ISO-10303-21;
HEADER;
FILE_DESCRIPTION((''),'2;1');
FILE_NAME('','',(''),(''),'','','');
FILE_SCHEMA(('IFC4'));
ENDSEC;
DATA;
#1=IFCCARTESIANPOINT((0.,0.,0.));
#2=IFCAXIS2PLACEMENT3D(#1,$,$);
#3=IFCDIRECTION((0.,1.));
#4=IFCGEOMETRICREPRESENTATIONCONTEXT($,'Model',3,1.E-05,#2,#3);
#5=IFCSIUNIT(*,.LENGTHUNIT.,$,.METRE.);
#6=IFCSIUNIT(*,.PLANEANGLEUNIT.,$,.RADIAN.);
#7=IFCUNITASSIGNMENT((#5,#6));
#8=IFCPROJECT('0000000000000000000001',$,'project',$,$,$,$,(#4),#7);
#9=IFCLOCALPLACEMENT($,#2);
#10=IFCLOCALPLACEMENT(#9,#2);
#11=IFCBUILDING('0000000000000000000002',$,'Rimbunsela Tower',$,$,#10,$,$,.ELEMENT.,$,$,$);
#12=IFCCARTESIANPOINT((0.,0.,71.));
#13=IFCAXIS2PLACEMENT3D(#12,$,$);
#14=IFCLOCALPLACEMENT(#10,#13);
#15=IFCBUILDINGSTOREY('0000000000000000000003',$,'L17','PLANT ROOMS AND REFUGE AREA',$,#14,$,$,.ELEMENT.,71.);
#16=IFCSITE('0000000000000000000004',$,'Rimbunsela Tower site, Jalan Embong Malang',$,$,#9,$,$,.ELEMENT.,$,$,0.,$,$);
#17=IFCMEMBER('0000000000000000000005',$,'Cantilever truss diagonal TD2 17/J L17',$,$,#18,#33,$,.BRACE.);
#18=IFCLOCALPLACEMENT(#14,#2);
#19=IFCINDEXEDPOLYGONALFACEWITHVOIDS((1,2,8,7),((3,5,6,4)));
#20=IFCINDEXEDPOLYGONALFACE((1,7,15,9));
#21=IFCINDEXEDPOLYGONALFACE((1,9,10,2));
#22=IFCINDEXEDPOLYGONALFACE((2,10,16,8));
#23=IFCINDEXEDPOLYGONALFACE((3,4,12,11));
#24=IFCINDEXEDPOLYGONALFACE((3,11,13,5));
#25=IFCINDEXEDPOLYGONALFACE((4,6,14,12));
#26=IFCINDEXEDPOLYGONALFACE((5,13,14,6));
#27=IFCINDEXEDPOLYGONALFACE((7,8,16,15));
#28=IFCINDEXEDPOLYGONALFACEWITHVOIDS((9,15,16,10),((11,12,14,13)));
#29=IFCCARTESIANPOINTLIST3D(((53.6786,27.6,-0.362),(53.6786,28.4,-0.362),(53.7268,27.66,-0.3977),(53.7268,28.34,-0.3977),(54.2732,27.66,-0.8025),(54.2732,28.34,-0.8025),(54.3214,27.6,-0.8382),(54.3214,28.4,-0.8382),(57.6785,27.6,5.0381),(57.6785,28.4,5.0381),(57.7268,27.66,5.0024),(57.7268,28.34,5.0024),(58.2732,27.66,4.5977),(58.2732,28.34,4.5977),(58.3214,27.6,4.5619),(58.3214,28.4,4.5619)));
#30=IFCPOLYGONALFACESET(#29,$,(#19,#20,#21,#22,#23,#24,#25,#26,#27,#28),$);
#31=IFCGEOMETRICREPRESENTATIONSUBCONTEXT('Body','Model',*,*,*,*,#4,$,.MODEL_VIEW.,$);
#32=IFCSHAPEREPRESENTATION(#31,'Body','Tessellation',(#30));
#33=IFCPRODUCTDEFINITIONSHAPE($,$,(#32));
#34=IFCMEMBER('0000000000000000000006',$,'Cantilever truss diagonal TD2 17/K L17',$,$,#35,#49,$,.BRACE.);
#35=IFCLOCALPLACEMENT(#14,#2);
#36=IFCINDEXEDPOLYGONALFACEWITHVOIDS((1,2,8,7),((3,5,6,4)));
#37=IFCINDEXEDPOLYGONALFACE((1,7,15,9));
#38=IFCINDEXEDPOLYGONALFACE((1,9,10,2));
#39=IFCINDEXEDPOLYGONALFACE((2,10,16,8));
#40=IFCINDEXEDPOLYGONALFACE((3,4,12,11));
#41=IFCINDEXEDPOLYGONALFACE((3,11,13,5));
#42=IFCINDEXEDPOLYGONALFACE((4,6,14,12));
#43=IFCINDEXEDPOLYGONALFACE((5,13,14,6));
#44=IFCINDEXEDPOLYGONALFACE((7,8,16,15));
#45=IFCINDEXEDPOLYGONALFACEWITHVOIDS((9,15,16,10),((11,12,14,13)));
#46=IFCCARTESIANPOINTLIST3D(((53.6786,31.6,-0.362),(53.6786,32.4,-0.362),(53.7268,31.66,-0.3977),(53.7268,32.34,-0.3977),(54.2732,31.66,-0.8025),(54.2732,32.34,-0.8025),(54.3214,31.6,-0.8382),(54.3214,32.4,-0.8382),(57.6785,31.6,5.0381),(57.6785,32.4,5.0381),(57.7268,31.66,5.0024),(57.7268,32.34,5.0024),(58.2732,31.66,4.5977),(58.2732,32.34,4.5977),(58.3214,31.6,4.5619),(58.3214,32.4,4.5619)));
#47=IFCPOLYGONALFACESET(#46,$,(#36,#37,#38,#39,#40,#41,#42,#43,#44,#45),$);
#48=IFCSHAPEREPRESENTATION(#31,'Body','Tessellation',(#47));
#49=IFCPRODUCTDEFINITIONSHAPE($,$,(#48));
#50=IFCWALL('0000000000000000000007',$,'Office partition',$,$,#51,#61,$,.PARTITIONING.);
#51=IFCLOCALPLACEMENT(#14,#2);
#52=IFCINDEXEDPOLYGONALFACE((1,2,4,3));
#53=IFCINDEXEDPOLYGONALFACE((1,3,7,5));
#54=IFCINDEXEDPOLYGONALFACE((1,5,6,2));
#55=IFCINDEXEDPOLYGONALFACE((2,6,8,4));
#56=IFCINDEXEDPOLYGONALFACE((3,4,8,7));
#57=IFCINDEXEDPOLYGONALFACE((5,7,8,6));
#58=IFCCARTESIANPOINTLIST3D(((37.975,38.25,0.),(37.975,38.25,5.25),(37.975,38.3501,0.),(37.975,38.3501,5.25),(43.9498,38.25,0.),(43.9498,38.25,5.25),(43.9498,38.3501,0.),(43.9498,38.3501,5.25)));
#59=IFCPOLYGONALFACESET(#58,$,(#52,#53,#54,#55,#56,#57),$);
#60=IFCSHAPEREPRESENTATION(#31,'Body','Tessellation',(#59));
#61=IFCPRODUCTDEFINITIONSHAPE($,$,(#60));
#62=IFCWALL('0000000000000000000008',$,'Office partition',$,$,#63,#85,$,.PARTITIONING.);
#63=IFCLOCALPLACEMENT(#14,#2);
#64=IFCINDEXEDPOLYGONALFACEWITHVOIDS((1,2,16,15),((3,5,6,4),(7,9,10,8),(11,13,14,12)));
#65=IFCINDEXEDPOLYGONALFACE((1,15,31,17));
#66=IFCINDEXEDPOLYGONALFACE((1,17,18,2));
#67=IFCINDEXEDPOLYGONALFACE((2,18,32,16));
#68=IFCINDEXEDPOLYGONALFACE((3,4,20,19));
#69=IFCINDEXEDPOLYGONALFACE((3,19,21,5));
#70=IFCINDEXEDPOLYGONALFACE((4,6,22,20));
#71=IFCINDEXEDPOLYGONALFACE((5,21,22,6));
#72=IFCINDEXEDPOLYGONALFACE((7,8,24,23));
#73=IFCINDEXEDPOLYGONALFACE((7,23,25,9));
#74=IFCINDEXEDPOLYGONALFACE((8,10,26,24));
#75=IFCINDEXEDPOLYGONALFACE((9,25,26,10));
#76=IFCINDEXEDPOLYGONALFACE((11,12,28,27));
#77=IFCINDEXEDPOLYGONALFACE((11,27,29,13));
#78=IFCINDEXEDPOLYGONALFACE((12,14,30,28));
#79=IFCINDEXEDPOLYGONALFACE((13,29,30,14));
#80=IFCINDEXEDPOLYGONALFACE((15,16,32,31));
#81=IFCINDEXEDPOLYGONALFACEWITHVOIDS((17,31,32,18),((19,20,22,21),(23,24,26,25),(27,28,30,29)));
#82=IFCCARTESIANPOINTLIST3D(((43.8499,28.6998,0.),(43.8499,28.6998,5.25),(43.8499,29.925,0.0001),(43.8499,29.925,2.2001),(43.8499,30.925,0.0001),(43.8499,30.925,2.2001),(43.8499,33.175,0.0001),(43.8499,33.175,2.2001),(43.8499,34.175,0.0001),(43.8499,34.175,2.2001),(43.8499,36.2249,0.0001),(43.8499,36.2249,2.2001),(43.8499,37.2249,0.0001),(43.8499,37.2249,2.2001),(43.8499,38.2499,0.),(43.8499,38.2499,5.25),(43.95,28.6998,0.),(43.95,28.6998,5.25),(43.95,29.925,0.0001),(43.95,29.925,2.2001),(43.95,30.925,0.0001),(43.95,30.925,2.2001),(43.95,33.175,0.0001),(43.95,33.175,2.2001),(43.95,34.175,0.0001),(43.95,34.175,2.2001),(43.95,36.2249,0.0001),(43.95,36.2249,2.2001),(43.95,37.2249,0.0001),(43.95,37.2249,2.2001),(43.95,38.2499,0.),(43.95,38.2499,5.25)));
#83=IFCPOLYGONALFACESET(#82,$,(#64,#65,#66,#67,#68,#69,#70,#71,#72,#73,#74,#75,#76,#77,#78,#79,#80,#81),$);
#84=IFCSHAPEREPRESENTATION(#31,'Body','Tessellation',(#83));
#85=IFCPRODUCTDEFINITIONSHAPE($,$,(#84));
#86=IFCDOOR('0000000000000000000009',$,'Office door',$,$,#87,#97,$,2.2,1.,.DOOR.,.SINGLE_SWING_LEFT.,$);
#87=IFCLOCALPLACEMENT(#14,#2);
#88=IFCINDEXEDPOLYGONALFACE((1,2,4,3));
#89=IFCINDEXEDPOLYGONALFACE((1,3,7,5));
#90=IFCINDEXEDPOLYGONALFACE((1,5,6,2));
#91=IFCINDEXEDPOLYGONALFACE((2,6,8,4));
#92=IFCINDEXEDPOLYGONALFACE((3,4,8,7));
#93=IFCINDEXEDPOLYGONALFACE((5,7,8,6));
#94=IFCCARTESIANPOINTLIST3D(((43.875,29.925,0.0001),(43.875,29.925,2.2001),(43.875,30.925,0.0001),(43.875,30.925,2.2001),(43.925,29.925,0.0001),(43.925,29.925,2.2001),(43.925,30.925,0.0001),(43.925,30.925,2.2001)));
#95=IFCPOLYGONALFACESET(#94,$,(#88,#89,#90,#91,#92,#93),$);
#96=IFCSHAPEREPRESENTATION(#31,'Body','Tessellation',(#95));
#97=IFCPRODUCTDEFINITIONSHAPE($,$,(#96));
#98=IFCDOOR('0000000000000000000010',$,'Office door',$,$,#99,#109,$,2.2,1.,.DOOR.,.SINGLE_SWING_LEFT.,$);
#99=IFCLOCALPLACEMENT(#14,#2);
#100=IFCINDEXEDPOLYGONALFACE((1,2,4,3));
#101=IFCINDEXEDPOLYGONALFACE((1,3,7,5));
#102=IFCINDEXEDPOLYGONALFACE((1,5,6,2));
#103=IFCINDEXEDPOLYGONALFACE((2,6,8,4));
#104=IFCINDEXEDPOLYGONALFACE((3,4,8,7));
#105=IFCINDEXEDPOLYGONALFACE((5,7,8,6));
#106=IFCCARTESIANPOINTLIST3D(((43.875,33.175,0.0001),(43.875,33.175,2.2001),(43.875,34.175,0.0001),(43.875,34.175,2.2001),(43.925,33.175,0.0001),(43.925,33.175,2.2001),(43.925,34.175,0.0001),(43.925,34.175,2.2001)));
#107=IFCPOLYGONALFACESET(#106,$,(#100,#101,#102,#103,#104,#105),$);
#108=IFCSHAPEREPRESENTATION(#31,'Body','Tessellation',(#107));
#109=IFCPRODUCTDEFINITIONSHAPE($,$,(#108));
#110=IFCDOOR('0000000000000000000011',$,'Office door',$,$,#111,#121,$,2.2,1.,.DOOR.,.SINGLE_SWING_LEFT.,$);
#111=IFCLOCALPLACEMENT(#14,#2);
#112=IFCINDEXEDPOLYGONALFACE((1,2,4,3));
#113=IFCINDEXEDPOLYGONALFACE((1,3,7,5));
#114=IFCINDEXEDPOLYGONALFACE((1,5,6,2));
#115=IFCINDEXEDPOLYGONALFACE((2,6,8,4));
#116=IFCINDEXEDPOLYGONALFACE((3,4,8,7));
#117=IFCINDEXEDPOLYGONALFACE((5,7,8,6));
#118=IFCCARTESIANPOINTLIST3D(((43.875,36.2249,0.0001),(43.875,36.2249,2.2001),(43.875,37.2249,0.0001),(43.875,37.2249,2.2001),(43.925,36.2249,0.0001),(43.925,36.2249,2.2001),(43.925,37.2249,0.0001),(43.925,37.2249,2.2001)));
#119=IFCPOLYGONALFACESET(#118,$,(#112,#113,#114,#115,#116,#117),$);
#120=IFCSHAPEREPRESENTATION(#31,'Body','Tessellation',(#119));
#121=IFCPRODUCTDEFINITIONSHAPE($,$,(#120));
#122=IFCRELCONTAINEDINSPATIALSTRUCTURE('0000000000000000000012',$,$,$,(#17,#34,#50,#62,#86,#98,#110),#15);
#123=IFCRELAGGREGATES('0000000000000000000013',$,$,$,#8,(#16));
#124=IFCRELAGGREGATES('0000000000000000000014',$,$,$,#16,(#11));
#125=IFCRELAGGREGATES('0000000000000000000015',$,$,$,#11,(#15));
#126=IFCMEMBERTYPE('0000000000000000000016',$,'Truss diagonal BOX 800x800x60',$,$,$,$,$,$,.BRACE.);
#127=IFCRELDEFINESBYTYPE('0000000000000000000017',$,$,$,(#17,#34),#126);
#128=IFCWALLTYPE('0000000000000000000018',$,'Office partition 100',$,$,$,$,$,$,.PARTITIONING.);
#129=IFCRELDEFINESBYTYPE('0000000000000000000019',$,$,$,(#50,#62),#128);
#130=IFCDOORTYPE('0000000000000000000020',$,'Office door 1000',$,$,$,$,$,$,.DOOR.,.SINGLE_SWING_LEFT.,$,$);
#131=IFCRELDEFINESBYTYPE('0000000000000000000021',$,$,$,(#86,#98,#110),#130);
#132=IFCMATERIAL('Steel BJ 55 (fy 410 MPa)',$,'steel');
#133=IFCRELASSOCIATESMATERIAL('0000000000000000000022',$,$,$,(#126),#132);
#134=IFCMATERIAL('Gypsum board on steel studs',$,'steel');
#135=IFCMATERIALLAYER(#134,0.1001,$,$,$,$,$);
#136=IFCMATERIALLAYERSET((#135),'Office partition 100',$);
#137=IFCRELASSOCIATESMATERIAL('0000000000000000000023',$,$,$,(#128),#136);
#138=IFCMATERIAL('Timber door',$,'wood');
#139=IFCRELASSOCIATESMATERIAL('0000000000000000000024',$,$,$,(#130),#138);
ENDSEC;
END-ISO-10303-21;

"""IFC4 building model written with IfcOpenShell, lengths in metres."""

from ifc_helpers import new_model, si_unit, direction, frame, frame_2d, origin, origin_2d, place, context, subcontext, project, spatial, rectangle, hollow_rectangle, extrude, material, layer, layer_set, material_profile, profile_set, type_object, element, fill, save


model = new_model("IFC4")

# Units and contexts
model_context = context("Model", 3, precision=1e-05, world=origin(), true_north=direction((0.0, 1.0)))
body_context = subcontext(model_context, "Body", "Model", "MODEL_VIEW")
ifc_project = project(units=[si_unit("LENGTHUNIT", "METRE"), si_unit("PLANEANGLEUNIT", "RADIAN")], contexts=[model_context])

# Site, building, storey
site_placement = place(None, origin())
site = spatial("IfcSite", under=ifc_project, at=site_placement, Name="Rimbunsela Tower site, Jalan Embong Malang", CompositionType="ELEMENT", RefElevation=0.0)
building_placement = place(site_placement, origin())
building = spatial("IfcBuilding", under=site, at=building_placement, Name="Rimbunsela Tower", CompositionType="ELEMENT")
storey_placement = place(building_placement, frame((0.0, 0.0, 71.0)))
storey = spatial("IfcBuildingStorey", under=building, at=storey_placement, Name="L17", Description="PLANT ROOMS AND REFUGE AREA", CompositionType="ELEMENT", Elevation=71.0)

# Members
ifc_material_1 = material(Name="Steel BJ 55 (fy 410 MPa)", Category="steel")
ifc_material_profile_1 = material_profile(ifc_material_1, hollow_rectangle(XDim=0.8, YDim=0.8, WallThickness=0.0601, at=origin_2d()), Name="BOX 800x800x60")
ifc_profile_set_1 = profile_set([ifc_material_profile_1], Name="Steel BJ 55 (fy 410 MPa)")
member_type_1 = type_object("IfcMemberType", Name="Truss diagonal BOX 800x800x60", PredefinedType="BRACE", material=ifc_profile_set_1)
for number, where, z_axis, x_axis, name in (
    (1, (54.0, 28.0, -0.6001), (0.595217, 0.0, 0.803565), (0.0, 1.0, 0.0), "Cantilever truss diagonal TD2 17/J L17"),
    (2, (54.0, 32.0, -0.6001), (0.595217, 0.0, 0.803565), (0.0, 1.0, 0.0), "Cantilever truss diagonal TD2 17/K L17"),
):
    element("IfcMember", number, at=place(storey_placement, frame(where, z_axis=z_axis, x_axis=x_axis)), inside=storey, type_object=member_type_1, Name=name, PredefinedType="BRACE", context=body_context, shape_type="SweptSolid", body=[
        extrude(hollow_rectangle(XDim=0.8, YDim=0.8, WallThickness=0.0601, at=origin_2d()), origin(), (0.0, 0.0, 1.0), 6.7202),
    ])

# Wall
ifc_material_2 = material(Name="Gypsum board on steel studs", Category="steel")
ifc_layer = layer(ifc_material_2, 0.1001)
ifc_layer_set = layer_set([ifc_layer], Name="Office partition 100")
wall_type = type_object("IfcWallType", Name="Office partition 100", PredefinedType="PARTITIONING", material=ifc_layer_set)
wall_1_placement = place(storey_placement, frame((37.9751, 38.3, 0.0), z_axis=(0.0, 0.0, 1.0), x_axis=(1.0, 0.0, 0.0)))
element("IfcWall", 3, at=wall_1_placement, inside=storey, type_object=wall_type, Name="Office partition", PredefinedType="PARTITIONING", context=body_context, shape_type="SweptSolid", body=[
    extrude(rectangle(XDim=5.9749, YDim=0.1001, at=frame_2d((2.9873, 0.0))), origin(), (0.0, 0.0, 1.0), 5.25),
])

# Wall, openings, doors
wall_2_placement = place(storey_placement, frame((43.8999, 28.7, 0.0), z_axis=(0.0, 0.0, 1.0), x_axis=(0.0, 1.0, 0.0)))
wall_2 = element("IfcWall", 4, at=wall_2_placement, inside=storey, type_object=wall_type, Name="Office partition", PredefinedType="PARTITIONING", context=body_context, shape_type="SweptSolid", body=[
    extrude(rectangle(XDim=9.55, YDim=0.1001, at=frame_2d((4.7749, 0.0))), origin(), (0.0, 0.0, 1.0), 5.25),
])
opening_1_placement = place(wall_2_placement, frame((1.2251, 0.0, 0.0)))
opening_1 = element("IfcOpeningElement", 5, at=opening_1_placement, cuts=wall_2, PredefinedType="OPENING", context=body_context, shape_type="SweptSolid", body=[
    extrude(rectangle(XDim=1.0, YDim=2.2, at=frame_2d((0.5, 1.1001))), frame((0.0, 0.0601, 0.0), z_axis=(0.0, -1.0, 0.0), x_axis=(1.0, 0.0, 0.0)), (0.0, 0.0, 1.0), 0.1201),
])
opening_2_placement = place(wall_2_placement, frame((4.4751, 0.0, 0.0)))
opening_2 = element("IfcOpeningElement", 6, at=opening_2_placement, cuts=wall_2, PredefinedType="OPENING", context=body_context, shape_type="SweptSolid", body=[
    extrude(rectangle(XDim=1.0, YDim=2.2, at=frame_2d((0.5, 1.1001))), frame((0.0, 0.0601, 0.0), z_axis=(0.0, -1.0, 0.0), x_axis=(1.0, 0.0, 0.0)), (0.0, 0.0, 1.0), 0.1201),
])
opening_3_placement = place(wall_2_placement, frame((7.5249, 0.0, 0.0)))
opening_3 = element("IfcOpeningElement", 7, at=opening_3_placement, cuts=wall_2, PredefinedType="OPENING", context=body_context, shape_type="SweptSolid", body=[
    extrude(rectangle(XDim=1.0, YDim=2.2, at=frame_2d((0.5, 1.1001))), frame((0.0, 0.0601, 0.0), z_axis=(0.0, -1.0, 0.0), x_axis=(1.0, 0.0, 0.0)), (0.0, 0.0, 1.0), 0.1201),
])
ifc_material_3 = material(Name="Timber door", Category="wood")
door_type = type_object("IfcDoorType", Name="Office door 1000", OperationType="SINGLE_SWING_LEFT", PredefinedType="DOOR", material=ifc_material_3)
door_1_placement = place(opening_1_placement, origin())
door_1 = element("IfcDoor", 8, at=door_1_placement, inside=storey, type_object=door_type, Name="Office door", OperationType="SINGLE_SWING_LEFT", OverallHeight=2.2, OverallWidth=1.0, PredefinedType="DOOR", context=body_context, shape_type="SweptSolid", body=[
    extrude(rectangle(XDim=1.0, YDim=2.2, at=frame_2d((0.5, 1.1001))), frame((0.0, 0.0249, 0.0), z_axis=(0.0, -1.0, 0.0), x_axis=(1.0, 0.0, 0.0)), (0.0, 0.0, 1.0), 0.05),
])
fill(opening_1, door_1)
door_2_placement = place(opening_2_placement, origin())
door_2 = element("IfcDoor", 9, at=door_2_placement, inside=storey, type_object=door_type, Name="Office door", OperationType="SINGLE_SWING_LEFT", OverallHeight=2.2, OverallWidth=1.0, PredefinedType="DOOR", context=body_context, shape_type="SweptSolid", body=[
    extrude(rectangle(XDim=1.0, YDim=2.2, at=frame_2d((0.5, 1.1001))), frame((0.0, 0.0249, 0.0), z_axis=(0.0, -1.0, 0.0), x_axis=(1.0, 0.0, 0.0)), (0.0, 0.0, 1.0), 0.05),
])
fill(opening_2, door_2)
door_3_placement = place(opening_3_placement, origin())
door_3 = element("IfcDoor", 10, at=door_3_placement, inside=storey, type_object=door_type, Name="Office door", OperationType="SINGLE_SWING_LEFT", OverallHeight=2.2, OverallWidth=1.0, PredefinedType="DOOR", context=body_context, shape_type="SweptSolid", body=[
    extrude(rectangle(XDim=1.0, YDim=2.2, at=frame_2d((0.5, 1.1001))), frame((0.0, 0.0249, 0.0), z_axis=(0.0, -1.0, 0.0), x_axis=(1.0, 0.0, 0.0)), (0.0, 0.0, 1.0), 0.05),
])
fill(opening_3, door_3)

save(model, "model.ifc")
